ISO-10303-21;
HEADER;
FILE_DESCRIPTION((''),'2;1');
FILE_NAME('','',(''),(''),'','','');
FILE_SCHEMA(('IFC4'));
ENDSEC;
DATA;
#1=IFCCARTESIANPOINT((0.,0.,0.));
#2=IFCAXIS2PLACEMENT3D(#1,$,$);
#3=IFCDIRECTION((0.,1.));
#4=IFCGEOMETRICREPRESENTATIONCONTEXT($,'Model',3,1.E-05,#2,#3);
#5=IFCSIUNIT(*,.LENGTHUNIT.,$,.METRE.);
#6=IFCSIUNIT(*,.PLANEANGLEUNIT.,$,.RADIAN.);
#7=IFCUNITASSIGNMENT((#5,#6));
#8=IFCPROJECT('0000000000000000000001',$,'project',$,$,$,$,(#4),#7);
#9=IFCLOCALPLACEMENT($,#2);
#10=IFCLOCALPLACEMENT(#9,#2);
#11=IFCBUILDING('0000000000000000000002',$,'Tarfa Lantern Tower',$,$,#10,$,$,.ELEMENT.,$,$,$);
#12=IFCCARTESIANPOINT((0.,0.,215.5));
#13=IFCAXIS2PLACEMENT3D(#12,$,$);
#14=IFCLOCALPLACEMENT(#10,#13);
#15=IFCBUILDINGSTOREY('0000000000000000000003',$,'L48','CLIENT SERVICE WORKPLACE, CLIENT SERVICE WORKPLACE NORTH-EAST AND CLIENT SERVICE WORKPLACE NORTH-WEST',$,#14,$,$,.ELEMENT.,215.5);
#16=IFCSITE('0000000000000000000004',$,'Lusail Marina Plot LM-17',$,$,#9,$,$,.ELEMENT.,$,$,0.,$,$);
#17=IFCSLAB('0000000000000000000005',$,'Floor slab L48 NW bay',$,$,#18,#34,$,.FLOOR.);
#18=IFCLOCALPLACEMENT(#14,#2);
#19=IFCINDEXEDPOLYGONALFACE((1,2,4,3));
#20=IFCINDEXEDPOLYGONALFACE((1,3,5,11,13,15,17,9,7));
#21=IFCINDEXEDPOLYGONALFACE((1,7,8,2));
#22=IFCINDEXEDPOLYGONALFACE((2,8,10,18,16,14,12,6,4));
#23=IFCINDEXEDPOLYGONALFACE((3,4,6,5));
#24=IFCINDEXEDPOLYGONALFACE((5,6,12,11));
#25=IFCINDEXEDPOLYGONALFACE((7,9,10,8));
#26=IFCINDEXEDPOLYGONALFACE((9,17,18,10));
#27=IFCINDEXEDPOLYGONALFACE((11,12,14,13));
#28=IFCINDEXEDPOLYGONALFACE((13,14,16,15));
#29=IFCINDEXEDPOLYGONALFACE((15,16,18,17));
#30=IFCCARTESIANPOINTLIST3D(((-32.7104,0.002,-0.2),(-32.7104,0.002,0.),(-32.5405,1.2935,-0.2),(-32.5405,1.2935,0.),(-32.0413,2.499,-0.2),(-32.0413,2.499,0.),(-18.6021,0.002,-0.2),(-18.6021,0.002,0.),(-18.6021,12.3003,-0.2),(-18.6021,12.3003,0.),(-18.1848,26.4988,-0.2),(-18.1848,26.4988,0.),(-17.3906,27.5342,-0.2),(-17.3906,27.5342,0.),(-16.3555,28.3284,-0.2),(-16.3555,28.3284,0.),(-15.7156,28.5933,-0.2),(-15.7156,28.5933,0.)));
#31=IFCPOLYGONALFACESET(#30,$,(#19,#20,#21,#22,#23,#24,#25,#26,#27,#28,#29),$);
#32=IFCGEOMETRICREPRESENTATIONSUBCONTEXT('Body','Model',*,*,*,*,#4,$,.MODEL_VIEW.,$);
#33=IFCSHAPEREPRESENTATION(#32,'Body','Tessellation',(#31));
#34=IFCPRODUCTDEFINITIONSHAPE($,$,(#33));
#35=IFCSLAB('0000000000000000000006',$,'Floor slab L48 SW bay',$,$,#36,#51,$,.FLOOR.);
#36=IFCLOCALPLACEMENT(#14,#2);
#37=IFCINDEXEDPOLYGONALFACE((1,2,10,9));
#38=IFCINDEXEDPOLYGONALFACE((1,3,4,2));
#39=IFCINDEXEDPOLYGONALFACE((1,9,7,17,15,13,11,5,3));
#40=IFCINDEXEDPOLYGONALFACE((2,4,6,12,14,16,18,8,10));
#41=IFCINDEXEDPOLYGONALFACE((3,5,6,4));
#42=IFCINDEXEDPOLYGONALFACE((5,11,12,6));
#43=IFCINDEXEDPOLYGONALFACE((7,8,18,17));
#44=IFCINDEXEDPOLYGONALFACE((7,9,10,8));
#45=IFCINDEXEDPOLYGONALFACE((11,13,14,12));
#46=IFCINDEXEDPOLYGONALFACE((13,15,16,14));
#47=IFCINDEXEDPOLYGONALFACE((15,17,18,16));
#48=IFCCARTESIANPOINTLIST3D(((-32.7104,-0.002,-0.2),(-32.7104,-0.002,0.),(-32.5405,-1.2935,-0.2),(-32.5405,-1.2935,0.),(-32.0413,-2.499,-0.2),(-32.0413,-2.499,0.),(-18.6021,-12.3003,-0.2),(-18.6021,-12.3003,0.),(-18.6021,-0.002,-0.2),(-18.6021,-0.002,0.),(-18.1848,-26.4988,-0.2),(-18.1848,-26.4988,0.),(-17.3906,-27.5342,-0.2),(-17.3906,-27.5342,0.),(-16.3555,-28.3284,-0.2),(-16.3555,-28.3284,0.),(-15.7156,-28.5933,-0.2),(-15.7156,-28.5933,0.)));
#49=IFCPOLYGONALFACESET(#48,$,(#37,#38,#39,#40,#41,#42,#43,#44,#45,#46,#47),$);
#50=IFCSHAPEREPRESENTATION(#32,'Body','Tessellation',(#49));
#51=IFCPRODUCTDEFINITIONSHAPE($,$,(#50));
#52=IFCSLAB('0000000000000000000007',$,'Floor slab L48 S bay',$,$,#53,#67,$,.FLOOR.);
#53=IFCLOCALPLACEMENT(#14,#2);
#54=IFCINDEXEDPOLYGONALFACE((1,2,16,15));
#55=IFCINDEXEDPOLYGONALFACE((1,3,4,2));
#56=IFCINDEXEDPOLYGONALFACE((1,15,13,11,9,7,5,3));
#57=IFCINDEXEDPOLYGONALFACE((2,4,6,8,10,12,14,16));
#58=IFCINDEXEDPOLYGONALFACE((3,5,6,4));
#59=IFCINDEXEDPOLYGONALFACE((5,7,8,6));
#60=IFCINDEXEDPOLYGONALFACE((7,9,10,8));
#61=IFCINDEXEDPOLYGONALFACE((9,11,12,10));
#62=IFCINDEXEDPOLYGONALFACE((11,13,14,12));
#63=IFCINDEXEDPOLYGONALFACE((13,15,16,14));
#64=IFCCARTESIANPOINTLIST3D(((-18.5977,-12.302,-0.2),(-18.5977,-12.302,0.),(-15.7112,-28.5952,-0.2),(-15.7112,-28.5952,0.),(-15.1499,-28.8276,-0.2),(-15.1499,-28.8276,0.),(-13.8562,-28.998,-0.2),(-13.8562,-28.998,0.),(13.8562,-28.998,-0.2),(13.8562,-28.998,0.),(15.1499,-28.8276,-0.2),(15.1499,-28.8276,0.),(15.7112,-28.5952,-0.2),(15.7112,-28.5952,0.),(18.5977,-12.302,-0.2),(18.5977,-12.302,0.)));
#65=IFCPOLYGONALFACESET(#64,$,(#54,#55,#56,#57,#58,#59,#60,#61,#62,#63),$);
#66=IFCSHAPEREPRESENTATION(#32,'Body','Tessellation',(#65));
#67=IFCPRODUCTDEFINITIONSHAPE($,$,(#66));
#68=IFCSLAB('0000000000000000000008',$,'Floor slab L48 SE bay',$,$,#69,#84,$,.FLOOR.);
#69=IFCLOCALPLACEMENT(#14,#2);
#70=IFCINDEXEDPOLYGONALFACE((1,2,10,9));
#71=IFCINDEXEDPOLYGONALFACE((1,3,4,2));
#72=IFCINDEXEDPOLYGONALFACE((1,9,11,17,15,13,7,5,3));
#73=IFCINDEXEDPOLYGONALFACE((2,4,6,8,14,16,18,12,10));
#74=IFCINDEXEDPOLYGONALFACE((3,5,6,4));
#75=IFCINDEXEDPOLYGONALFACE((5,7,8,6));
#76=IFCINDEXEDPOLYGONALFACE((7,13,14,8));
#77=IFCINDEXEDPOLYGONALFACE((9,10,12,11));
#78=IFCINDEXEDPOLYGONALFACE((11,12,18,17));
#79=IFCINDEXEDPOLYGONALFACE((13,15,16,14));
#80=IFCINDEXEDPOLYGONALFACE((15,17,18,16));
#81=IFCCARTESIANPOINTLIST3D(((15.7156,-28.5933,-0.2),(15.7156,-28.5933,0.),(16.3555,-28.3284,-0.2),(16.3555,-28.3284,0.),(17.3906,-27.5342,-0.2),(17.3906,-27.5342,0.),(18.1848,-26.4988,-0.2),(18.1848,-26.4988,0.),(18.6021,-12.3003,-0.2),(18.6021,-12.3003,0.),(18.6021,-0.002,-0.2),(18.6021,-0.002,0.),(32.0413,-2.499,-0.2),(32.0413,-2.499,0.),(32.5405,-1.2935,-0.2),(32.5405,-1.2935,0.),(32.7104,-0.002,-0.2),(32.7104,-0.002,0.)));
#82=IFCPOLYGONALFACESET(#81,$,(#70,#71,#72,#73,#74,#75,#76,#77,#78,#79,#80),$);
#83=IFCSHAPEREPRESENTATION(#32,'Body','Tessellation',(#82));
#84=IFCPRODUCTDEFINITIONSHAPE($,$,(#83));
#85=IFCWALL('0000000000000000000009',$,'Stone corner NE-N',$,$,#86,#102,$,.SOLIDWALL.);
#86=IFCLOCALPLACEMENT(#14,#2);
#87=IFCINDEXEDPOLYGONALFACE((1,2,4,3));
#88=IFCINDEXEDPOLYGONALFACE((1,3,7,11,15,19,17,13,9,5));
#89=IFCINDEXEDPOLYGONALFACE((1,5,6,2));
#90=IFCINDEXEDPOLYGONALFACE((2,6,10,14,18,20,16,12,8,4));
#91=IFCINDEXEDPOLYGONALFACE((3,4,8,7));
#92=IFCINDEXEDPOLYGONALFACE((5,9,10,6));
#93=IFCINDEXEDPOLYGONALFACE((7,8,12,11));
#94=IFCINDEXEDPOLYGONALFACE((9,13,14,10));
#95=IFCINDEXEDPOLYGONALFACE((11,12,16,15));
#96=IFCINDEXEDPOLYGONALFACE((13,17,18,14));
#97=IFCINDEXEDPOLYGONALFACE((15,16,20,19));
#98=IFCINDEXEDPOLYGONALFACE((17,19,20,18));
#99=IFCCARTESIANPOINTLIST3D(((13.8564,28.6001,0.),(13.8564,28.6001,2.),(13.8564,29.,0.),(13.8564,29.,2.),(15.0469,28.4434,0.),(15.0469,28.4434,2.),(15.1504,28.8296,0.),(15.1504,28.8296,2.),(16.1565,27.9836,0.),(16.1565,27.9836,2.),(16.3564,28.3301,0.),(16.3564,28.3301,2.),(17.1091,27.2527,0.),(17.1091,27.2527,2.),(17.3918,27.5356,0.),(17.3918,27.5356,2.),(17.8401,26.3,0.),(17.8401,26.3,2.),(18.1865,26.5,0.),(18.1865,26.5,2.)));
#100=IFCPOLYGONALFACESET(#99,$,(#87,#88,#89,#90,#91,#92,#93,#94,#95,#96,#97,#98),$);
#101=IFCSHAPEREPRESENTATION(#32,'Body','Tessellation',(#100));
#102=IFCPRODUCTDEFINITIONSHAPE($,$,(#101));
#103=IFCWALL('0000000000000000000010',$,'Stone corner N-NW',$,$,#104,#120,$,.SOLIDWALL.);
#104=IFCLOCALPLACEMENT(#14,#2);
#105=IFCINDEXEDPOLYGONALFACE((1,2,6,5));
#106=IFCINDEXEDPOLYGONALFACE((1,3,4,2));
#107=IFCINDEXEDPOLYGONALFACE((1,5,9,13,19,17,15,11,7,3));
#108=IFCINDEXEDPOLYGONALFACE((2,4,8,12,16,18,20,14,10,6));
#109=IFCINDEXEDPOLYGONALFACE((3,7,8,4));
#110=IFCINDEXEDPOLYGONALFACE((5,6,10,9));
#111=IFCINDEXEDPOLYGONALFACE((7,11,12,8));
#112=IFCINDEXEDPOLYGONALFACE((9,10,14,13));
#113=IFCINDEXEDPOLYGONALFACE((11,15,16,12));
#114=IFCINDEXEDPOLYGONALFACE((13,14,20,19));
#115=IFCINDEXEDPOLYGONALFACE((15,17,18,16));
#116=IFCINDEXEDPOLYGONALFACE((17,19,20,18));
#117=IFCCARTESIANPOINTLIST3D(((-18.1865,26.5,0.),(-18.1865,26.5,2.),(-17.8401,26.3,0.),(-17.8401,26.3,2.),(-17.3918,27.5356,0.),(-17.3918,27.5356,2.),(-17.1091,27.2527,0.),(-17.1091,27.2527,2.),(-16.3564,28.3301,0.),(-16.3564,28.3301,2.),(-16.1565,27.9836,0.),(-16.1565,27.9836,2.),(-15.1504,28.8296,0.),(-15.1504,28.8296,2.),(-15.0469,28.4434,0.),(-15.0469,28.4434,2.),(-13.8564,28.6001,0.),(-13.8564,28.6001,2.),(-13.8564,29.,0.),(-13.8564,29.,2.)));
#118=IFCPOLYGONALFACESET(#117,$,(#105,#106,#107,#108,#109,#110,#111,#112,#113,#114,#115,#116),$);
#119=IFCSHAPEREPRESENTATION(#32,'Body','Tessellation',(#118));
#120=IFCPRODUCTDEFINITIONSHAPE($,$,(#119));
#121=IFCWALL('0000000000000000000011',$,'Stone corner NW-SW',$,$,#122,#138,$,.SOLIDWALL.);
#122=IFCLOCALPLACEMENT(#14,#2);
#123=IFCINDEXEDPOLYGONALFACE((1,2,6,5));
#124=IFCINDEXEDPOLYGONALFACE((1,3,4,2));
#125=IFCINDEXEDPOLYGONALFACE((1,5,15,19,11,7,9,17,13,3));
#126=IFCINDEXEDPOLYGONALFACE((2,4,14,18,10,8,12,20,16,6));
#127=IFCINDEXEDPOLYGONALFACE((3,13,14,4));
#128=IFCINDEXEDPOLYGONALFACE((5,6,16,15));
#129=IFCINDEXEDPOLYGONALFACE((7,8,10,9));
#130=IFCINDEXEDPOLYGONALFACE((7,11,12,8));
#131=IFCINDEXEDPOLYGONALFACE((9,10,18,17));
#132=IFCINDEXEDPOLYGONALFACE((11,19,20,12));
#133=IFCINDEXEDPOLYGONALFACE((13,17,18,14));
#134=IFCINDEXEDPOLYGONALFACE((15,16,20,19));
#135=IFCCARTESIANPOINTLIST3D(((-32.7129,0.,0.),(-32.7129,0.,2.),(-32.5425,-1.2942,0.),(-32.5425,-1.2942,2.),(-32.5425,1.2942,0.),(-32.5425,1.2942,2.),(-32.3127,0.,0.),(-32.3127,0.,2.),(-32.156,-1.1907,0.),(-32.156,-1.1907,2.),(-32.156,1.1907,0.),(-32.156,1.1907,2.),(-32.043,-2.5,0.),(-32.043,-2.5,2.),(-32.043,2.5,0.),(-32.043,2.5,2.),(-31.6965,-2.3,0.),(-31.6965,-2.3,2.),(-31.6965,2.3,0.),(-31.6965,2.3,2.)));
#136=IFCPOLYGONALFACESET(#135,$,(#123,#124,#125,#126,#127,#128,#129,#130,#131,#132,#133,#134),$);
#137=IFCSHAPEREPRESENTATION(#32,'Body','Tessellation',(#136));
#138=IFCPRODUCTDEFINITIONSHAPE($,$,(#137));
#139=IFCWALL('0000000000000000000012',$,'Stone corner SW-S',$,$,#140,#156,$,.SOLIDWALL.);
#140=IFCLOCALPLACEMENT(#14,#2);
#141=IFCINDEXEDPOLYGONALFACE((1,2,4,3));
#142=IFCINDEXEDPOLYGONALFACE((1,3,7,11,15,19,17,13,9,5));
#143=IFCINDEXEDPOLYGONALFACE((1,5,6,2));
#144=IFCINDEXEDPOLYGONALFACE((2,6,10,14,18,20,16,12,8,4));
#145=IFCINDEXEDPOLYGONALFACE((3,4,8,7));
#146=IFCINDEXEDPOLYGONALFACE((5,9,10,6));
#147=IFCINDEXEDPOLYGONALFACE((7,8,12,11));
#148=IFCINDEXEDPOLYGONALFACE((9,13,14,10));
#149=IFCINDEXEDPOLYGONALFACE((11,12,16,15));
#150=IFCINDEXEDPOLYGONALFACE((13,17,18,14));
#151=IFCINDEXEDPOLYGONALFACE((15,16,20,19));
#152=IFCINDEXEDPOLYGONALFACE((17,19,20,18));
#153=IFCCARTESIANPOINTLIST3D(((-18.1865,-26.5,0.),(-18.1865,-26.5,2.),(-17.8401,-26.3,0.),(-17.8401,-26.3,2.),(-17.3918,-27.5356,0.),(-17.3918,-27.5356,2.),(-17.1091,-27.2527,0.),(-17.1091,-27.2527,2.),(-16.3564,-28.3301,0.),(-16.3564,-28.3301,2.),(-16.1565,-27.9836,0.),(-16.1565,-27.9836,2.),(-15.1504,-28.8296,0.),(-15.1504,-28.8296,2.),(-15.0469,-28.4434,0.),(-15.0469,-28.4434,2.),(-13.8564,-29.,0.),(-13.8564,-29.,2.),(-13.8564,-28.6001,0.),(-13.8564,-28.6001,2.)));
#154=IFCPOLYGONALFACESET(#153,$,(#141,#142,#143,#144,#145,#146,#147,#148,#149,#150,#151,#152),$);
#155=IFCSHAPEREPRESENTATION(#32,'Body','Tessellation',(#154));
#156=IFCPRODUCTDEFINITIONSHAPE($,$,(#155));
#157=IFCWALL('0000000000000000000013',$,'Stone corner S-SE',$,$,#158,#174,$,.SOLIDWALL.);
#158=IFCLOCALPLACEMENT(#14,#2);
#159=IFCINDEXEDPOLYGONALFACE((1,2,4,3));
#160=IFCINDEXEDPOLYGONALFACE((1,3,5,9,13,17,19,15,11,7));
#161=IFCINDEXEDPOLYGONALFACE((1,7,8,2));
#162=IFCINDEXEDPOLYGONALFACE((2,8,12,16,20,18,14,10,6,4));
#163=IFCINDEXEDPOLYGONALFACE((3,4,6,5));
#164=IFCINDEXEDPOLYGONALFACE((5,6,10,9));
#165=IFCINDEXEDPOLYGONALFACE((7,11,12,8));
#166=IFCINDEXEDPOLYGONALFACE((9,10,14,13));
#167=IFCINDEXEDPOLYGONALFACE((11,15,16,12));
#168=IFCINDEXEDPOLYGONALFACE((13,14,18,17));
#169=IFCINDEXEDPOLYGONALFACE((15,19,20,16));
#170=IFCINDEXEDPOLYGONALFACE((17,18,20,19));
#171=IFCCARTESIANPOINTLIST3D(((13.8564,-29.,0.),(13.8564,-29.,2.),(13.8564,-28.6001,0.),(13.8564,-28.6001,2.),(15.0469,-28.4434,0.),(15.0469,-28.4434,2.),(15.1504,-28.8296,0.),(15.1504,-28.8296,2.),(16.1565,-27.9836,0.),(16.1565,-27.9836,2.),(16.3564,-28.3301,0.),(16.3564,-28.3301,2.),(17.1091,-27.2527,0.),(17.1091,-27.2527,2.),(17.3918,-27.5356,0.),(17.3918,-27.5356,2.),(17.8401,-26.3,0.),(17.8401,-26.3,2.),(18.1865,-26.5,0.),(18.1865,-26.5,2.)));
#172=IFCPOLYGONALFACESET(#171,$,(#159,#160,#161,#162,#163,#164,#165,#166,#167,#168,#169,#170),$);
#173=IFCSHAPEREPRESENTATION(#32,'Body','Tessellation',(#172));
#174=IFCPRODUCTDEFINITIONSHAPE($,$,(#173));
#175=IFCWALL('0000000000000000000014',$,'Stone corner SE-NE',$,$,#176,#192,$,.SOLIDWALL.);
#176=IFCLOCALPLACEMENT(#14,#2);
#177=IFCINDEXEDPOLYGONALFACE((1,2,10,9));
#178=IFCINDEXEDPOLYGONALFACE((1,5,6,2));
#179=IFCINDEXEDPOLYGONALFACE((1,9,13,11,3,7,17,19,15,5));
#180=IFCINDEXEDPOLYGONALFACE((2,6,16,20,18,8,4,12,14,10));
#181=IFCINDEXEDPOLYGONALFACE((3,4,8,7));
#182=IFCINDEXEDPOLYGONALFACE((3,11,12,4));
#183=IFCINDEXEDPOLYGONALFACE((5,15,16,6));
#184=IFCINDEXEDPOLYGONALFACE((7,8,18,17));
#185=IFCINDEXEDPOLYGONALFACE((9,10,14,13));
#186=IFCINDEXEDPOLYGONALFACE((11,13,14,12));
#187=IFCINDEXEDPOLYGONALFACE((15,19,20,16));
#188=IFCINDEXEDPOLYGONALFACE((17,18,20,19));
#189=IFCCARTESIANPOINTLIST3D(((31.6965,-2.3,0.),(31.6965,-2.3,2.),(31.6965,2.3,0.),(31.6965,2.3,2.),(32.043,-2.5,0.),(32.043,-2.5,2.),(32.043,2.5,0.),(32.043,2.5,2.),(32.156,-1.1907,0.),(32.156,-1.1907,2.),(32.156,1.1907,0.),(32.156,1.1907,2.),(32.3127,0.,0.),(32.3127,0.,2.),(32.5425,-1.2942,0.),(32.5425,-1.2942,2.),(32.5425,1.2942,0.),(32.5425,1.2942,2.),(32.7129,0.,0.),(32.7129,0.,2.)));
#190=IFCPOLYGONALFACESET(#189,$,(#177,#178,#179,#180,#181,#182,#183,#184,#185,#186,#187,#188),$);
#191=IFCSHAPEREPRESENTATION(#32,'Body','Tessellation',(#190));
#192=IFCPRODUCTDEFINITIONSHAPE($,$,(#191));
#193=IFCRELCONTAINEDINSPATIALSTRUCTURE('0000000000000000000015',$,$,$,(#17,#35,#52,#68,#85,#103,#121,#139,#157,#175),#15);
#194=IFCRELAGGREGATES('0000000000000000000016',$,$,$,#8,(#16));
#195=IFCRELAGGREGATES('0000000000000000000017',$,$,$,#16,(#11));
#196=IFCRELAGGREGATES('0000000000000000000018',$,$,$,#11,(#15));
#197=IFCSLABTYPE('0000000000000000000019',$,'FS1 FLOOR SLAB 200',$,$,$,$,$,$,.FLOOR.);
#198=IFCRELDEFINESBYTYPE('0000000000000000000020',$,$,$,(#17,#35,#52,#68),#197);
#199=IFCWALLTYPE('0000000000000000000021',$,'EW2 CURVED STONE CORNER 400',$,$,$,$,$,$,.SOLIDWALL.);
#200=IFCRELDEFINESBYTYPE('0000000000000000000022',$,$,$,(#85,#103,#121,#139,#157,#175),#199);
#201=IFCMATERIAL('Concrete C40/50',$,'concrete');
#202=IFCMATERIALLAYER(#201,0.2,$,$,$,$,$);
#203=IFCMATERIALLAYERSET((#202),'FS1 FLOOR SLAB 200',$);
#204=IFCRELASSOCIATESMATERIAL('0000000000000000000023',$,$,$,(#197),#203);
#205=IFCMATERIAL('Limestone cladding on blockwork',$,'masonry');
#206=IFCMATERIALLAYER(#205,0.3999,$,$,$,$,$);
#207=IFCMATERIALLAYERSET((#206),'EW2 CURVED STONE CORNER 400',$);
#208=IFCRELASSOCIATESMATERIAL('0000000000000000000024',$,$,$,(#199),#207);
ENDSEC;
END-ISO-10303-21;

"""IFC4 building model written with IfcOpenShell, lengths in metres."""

from ifc_helpers import new_model, si_unit, direction, frame, origin, place, context, subcontext, project, spatial, polyline, outline, extrude, material, layer, layer_set, type_object, element, save


model = new_model("IFC4")

# Units and contexts
model_context = context("Model", 3, precision=1e-05, world=origin(), true_north=direction((0.0, 1.0)))
body_context = subcontext(model_context, "Body", "Model", "MODEL_VIEW")
ifc_project = project(units=[si_unit("LENGTHUNIT", "METRE"), si_unit("PLANEANGLEUNIT", "RADIAN")], contexts=[model_context])

# Site, building, storey
site_placement = place(None, origin())
site = spatial("IfcSite", under=ifc_project, at=site_placement, Name="Lusail Marina Plot LM-17", CompositionType="ELEMENT", RefElevation=0.0)
building_placement = place(site_placement, origin())
building = spatial("IfcBuilding", under=site, at=building_placement, Name="Tarfa Lantern Tower", CompositionType="ELEMENT")
storey_placement = place(building_placement, frame((0.0, 0.0, 215.5)))
storey = spatial("IfcBuildingStorey", under=building, at=storey_placement, Name="L48", Description="CLIENT SERVICE WORKPLACE, CLIENT SERVICE WORKPLACE NORTH-EAST AND CLIENT SERVICE WORKPLACE NORTH-WEST", CompositionType="ELEMENT", Elevation=215.5)

# Slabs
ifc_material_1 = material(Name="Concrete C40/50", Category="concrete")
ifc_layer_1 = layer(ifc_material_1, 0.2)
ifc_layer_set_1 = layer_set([ifc_layer_1], Name="FS1 FLOOR SLAB 200")
slab_type_1 = type_object("IfcSlabType", Name="FS1 FLOOR SLAB 200", PredefinedType="FLOOR", material=ifc_layer_set_1)
slab_1_placement = place(storey_placement, frame((0.0, 0.0, -0.2)))
element("IfcSlab", 1, at=slab_1_placement, inside=storey, type_object=slab_type_1, Name="Floor slab L48 NW bay", PredefinedType="FLOOR", context=body_context, shape_type="SweptSolid", body=[
    extrude(outline(polyline([(-18.6021, 0.002), (-18.6021, 12.3003), (-15.7156, 28.5933), (-16.3555, 28.3284), (-17.3906, 27.5342), (-18.1848, 26.4988), (-32.0413, 2.499), (-32.5405, 1.2935), (-32.7104, 0.002), (-18.6021, 0.002)])), origin(), (0.0, 0.0, 1.0), 0.2),
])
slab_2_placement = place(storey_placement, frame((0.0, 0.0, -0.2)))
element("IfcSlab", 2, at=slab_2_placement, inside=storey, type_object=slab_type_1, Name="Floor slab L48 SW bay", PredefinedType="FLOOR", context=body_context, shape_type="SweptSolid", body=[
    extrude(outline(polyline([(-18.6021, -12.3003), (-18.6021, -0.002), (-32.7104, -0.002), (-32.5405, -1.2935), (-32.0413, -2.499), (-18.1848, -26.4988), (-17.3906, -27.5342), (-16.3555, -28.3284), (-15.7156, -28.5933), (-18.6021, -12.3003)])), origin(), (0.0, 0.0, 1.0), 0.2),
])
slab_3_placement = place(storey_placement, frame((0.0, 0.0, -0.2)))
element("IfcSlab", 3, at=slab_3_placement, inside=storey, type_object=slab_type_1, Name="Floor slab L48 S bay", PredefinedType="FLOOR", context=body_context, shape_type="SweptSolid", body=[
    extrude(outline(polyline([(18.5977, -12.302), (-18.5977, -12.302), (-15.7112, -28.5952), (-15.1499, -28.8276), (-13.8562, -28.998), (13.8562, -28.998), (15.1499, -28.8276), (15.7112, -28.5952), (18.5977, -12.302)])), origin(), (0.0, 0.0, 1.0), 0.2),
])
slab_4_placement = place(storey_placement, frame((0.0, 0.0, -0.2)))
element("IfcSlab", 4, at=slab_4_placement, inside=storey, type_object=slab_type_1, Name="Floor slab L48 SE bay", PredefinedType="FLOOR", context=body_context, shape_type="SweptSolid", body=[
    extrude(outline(polyline([(18.6021, -0.002), (18.6021, -12.3003), (15.7156, -28.5933), (16.3555, -28.3284), (17.3906, -27.5342), (18.1848, -26.4988), (32.0413, -2.499), (32.5405, -1.2935), (32.7104, -0.002), (18.6021, -0.002)])), origin(), (0.0, 0.0, 1.0), 0.2),
])

# Walls
ifc_material_2 = material(Name="Limestone cladding on blockwork", Category="masonry")
ifc_layer_2 = layer(ifc_material_2, 0.3999)
ifc_layer_set_2 = layer_set([ifc_layer_2], Name="EW2 CURVED STONE CORNER 400")
wall_type_1 = type_object("IfcWallType", Name="EW2 CURVED STONE CORNER 400", PredefinedType="SOLIDWALL", material=ifc_layer_set_2)
wall_1_placement = place(storey_placement, origin())
element("IfcWall", 5, at=wall_1_placement, inside=storey, type_object=wall_type_1, Name="Stone corner NE-N", PredefinedType="SOLIDWALL", context=body_context, shape_type="SweptSolid", body=[
    extrude(outline(polyline([(18.1865, 26.5), (17.3918, 27.5356), (16.3564, 28.3301), (15.1504, 28.8296), (13.8564, 29.0), (13.8564, 28.6001), (15.0469, 28.4434), (16.1565, 27.9836), (17.1091, 27.2527), (17.8401, 26.3), (18.1865, 26.5)])), origin(), (0.0, 0.0, 1.0), 2.0),
])
wall_2_placement = place(storey_placement, origin())
element("IfcWall", 6, at=wall_2_placement, inside=storey, type_object=wall_type_1, Name="Stone corner N-NW", PredefinedType="SOLIDWALL", context=body_context, shape_type="SweptSolid", body=[
    extrude(outline(polyline([(-13.8564, 29.0), (-15.1504, 28.8296), (-16.3564, 28.3301), (-17.3918, 27.5356), (-18.1865, 26.5), (-17.8401, 26.3), (-17.1091, 27.2527), (-16.1565, 27.9836), (-15.0469, 28.4434), (-13.8564, 28.6001), (-13.8564, 29.0)])), origin(), (0.0, 0.0, 1.0), 2.0),
])
wall_3_placement = place(storey_placement, origin())
element("IfcWall", 7, at=wall_3_placement, inside=storey, type_object=wall_type_1, Name="Stone corner NW-SW", PredefinedType="SOLIDWALL", context=body_context, shape_type="SweptSolid", body=[
    extrude(outline(polyline([(-32.043, 2.5), (-32.5425, 1.2942), (-32.7129, 0.0), (-32.5425, -1.2942), (-32.043, -2.5), (-31.6965, -2.3), (-32.156, -1.1907), (-32.3127, 0.0), (-32.156, 1.1907), (-31.6965, 2.3), (-32.043, 2.5)])), origin(), (0.0, 0.0, 1.0), 2.0),
])
wall_4_placement = place(storey_placement, origin())
element("IfcWall", 8, at=wall_4_placement, inside=storey, type_object=wall_type_1, Name="Stone corner SW-S", PredefinedType="SOLIDWALL", context=body_context, shape_type="SweptSolid", body=[
    extrude(outline(polyline([(-18.1865, -26.5), (-17.3918, -27.5356), (-16.3564, -28.3301), (-15.1504, -28.8296), (-13.8564, -29.0), (-13.8564, -28.6001), (-15.0469, -28.4434), (-16.1565, -27.9836), (-17.1091, -27.2527), (-17.8401, -26.3), (-18.1865, -26.5)])), origin(), (0.0, 0.0, 1.0), 2.0),
])
wall_5_placement = place(storey_placement, origin())
element("IfcWall", 9, at=wall_5_placement, inside=storey, type_object=wall_type_1, Name="Stone corner S-SE", PredefinedType="SOLIDWALL", context=body_context, shape_type="SweptSolid", body=[
    extrude(outline(polyline([(13.8564, -29.0), (15.1504, -28.8296), (16.3564, -28.3301), (17.3918, -27.5356), (18.1865, -26.5), (17.8401, -26.3), (17.1091, -27.2527), (16.1565, -27.9836), (15.0469, -28.4434), (13.8564, -28.6001), (13.8564, -29.0)])), origin(), (0.0, 0.0, 1.0), 2.0),
])
wall_6_placement = place(storey_placement, origin())
element("IfcWall", 10, at=wall_6_placement, inside=storey, type_object=wall_type_1, Name="Stone corner SE-NE", PredefinedType="SOLIDWALL", context=body_context, shape_type="SweptSolid", body=[
    extrude(outline(polyline([(32.043, -2.5), (32.5425, -1.2942), (32.7129, 0.0), (32.5425, 1.2942), (32.043, 2.5), (31.6965, 2.3), (32.156, 1.1907), (32.3127, 0.0), (32.156, -1.1907), (31.6965, -2.3), (32.043, -2.5)])), origin(), (0.0, 0.0, 1.0), 2.0),
])

save(model, "model.ifc")
